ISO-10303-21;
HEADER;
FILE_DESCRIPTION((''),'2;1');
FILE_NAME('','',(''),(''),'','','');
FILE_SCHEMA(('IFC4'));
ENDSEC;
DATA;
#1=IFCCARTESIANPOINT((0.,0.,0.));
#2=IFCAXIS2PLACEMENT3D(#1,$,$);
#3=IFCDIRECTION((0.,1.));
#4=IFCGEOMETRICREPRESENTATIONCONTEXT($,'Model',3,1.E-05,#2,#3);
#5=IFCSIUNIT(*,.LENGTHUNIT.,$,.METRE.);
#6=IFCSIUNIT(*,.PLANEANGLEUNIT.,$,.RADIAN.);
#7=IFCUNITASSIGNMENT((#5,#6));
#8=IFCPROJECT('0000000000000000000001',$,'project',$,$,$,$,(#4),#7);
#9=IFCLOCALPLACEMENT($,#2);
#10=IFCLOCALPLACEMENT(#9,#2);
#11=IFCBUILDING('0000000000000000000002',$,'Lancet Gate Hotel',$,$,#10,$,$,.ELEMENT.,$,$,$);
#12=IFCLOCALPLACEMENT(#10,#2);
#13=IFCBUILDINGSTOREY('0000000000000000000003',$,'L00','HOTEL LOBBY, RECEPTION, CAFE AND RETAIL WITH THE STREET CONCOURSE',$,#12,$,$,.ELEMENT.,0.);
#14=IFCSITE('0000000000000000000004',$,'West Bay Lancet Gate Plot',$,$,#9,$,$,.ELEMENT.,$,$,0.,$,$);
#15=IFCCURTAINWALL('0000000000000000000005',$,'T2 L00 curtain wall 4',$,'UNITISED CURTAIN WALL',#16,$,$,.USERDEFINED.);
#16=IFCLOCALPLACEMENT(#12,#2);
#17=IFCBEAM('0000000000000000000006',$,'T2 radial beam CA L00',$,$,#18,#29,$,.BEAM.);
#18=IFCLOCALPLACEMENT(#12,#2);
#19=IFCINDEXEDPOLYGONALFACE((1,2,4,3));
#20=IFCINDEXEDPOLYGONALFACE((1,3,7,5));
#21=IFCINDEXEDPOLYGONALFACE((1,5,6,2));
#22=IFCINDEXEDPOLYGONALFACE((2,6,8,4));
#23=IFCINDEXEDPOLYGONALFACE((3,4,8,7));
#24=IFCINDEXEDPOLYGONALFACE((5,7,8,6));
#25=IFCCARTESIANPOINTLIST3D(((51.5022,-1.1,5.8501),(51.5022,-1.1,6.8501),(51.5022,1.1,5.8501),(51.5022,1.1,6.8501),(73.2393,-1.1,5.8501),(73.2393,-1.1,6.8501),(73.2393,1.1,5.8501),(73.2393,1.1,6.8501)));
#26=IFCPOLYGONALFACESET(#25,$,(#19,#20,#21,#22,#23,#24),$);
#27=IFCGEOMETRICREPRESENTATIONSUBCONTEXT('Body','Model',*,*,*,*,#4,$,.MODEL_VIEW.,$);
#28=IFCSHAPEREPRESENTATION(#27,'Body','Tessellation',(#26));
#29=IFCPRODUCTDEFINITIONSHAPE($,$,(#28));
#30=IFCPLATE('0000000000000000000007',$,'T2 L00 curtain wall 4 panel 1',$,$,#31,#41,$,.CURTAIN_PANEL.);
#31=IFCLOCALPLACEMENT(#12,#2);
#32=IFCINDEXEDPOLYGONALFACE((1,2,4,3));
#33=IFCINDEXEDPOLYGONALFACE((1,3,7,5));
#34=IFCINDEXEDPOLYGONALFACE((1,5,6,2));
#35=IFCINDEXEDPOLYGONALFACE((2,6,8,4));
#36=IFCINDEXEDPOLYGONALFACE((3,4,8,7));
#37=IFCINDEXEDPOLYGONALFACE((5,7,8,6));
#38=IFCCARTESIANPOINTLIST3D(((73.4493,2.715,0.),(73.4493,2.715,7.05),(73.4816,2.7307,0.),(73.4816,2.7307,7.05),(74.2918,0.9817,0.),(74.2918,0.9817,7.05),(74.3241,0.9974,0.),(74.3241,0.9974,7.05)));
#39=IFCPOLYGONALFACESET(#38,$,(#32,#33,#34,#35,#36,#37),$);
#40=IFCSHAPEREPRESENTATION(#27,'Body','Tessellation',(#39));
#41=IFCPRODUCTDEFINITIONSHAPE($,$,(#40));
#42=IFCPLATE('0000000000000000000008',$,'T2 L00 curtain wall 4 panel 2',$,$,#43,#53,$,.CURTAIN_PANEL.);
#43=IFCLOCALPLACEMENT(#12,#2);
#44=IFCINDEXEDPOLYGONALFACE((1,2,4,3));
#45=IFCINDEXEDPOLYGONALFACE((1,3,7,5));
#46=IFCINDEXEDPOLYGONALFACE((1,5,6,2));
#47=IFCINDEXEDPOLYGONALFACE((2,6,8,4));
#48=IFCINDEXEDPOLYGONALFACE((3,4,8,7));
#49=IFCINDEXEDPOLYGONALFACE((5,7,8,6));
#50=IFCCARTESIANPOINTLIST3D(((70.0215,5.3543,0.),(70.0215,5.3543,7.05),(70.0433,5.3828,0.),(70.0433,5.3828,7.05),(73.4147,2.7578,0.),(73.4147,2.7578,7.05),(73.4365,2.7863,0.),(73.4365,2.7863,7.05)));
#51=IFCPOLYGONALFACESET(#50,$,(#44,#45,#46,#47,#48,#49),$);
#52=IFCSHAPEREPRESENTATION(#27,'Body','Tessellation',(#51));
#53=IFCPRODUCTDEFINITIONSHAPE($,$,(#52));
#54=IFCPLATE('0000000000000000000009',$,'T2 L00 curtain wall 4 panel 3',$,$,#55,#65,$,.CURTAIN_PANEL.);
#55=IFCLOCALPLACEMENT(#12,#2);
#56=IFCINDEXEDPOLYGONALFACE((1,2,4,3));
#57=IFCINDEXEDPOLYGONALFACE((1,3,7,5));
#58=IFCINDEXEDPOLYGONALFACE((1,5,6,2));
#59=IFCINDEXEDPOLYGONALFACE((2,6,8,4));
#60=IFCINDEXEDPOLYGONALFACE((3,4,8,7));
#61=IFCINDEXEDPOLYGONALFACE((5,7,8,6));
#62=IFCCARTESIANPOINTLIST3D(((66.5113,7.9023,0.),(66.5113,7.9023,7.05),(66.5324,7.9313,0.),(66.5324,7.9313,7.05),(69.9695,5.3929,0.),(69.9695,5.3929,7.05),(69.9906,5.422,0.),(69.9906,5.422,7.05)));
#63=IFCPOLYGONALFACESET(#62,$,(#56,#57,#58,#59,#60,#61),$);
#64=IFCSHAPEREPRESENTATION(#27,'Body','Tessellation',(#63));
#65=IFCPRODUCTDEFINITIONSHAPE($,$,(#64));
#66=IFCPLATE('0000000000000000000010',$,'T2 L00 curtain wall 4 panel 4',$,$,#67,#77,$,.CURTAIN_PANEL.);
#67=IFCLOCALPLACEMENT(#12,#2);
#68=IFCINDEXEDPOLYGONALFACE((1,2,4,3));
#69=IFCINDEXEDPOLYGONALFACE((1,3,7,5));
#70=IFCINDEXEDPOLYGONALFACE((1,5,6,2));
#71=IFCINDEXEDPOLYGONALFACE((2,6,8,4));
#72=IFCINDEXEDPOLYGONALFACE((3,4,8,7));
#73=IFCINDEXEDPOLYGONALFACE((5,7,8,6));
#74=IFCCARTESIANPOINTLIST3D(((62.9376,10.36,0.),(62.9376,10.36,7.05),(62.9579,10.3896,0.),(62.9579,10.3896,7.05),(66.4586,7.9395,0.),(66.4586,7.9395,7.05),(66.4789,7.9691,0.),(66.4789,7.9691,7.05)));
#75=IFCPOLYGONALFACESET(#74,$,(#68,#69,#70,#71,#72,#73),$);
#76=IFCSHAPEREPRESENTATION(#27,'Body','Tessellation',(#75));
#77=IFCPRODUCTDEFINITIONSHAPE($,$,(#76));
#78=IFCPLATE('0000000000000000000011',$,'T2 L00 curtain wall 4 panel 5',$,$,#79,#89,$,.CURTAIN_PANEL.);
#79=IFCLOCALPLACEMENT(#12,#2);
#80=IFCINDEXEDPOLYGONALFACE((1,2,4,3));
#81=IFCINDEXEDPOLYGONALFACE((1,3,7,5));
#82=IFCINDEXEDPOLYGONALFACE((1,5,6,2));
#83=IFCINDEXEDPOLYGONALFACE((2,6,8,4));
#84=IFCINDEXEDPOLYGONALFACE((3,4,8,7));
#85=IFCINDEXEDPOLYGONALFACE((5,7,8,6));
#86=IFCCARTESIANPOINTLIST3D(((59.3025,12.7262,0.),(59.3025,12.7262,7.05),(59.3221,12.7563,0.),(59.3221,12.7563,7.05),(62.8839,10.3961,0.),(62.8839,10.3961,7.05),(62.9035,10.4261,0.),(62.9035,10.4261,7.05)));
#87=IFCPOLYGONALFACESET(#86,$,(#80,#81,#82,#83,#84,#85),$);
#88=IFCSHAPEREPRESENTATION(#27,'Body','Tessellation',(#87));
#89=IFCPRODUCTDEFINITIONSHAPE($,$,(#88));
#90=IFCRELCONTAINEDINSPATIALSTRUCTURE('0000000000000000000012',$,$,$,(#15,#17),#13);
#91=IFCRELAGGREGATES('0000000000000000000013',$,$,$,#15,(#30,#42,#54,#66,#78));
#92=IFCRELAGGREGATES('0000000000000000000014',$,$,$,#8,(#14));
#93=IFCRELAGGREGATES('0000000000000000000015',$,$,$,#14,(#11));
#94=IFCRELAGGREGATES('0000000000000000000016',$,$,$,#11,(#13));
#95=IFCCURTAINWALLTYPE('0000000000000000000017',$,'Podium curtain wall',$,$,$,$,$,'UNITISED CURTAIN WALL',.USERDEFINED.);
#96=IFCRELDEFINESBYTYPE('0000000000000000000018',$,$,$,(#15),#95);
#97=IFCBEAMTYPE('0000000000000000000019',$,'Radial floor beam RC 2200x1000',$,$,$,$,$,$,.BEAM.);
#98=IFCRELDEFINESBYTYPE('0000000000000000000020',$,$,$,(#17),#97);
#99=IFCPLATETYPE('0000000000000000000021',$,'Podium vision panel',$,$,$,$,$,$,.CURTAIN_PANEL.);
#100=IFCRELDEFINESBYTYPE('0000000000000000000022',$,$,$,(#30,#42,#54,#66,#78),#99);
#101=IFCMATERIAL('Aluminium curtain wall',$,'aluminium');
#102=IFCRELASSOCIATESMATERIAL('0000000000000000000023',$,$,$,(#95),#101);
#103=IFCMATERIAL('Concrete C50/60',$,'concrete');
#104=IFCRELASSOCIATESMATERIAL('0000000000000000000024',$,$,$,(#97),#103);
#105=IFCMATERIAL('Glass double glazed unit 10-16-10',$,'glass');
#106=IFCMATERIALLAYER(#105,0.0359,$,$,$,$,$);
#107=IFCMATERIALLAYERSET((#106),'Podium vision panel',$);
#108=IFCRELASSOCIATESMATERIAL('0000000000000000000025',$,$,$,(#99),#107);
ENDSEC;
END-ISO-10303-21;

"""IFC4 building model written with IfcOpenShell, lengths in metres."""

from ifc_helpers import new_model, si_unit, direction, frame, origin, origin_2d, place, context, subcontext, project, spatial, rectangle, extrude, material, layer, layer_set, material_profile, profile_set, type_object, element, aggregate, save


model = new_model("IFC4")

# Units and contexts
model_context = context("Model", 3, precision=1e-05, world=origin(), true_north=direction((0.0, 1.0)))
body_context = subcontext(model_context, "Body", "Model", "MODEL_VIEW")
ifc_project = project(units=[si_unit("LENGTHUNIT", "METRE"), si_unit("PLANEANGLEUNIT", "RADIAN")], contexts=[model_context])

# Site, building, storey
site_placement = place(None, origin())
site = spatial("IfcSite", under=ifc_project, at=site_placement, Name="West Bay Lancet Gate Plot", CompositionType="ELEMENT", RefElevation=0.0)
building_placement = place(site_placement, origin())
building = spatial("IfcBuilding", under=site, at=building_placement, Name="Lancet Gate Hotel", CompositionType="ELEMENT")
storey_placement = place(building_placement, origin())
storey = spatial("IfcBuildingStorey", under=building, at=storey_placement, Name="L00", Description="HOTEL LOBBY, RECEPTION, CAFE AND RETAIL WITH THE STREET CONCOURSE", CompositionType="ELEMENT", Elevation=0.0)

# Shared definitions
ifc_material_1 = material(Name="Aluminium curtain wall", Category="aluminium")
curtain_wall_type = type_object("IfcCurtainWallType", Name="Podium curtain wall", ElementType="UNITISED CURTAIN WALL", PredefinedType="USERDEFINED", material=ifc_material_1)

# Curtain wall
curtain_wall_1_placement = place(storey_placement, origin())
curtain_wall_1 = element("IfcCurtainWall", 1, at=curtain_wall_1_placement, inside=storey, type_object=curtain_wall_type, Name="T2 L00 curtain wall 4", ObjectType="UNITISED CURTAIN WALL", PredefinedType="USERDEFINED")

# Beam
ifc_material_2 = material(Name="Concrete C50/60", Category="concrete")
ifc_material_profile_1 = material_profile(ifc_material_2, rectangle(XDim=2.2, YDim=1.0, at=origin_2d()), Name="RC 2200x1000")
ifc_profile_set_1 = profile_set([ifc_material_profile_1], Name="Concrete C50/60")
beam_type_1 = type_object("IfcBeamType", Name="Radial floor beam RC 2200x1000", PredefinedType="BEAM", material=ifc_profile_set_1)
beam_1_placement = place(storey_placement, frame((73.2393, 0.0, 6.3501), z_axis=(-1.0, 0.0, 0.0), x_axis=(0.0, -1.0, 0.0)))
element("IfcBeam", 2, at=beam_1_placement, inside=storey, type_object=beam_type_1, Name="T2 radial beam CA L00", PredefinedType="BEAM", context=body_context, shape_type="SweptSolid", body=[
    extrude(rectangle(XDim=2.2, YDim=1.0, at=origin_2d()), origin(), (0.0, 0.0, 1.0), 21.7371),
])

# Plates
ifc_material_3 = material(Name="Glass double glazed unit 10-16-10", Category="glass")
ifc_layer = layer(ifc_material_3, 0.0359)
ifc_layer_set = layer_set([ifc_layer], Name="Podium vision panel")
plate_type = type_object("IfcPlateType", Name="Podium vision panel", PredefinedType="CURTAIN_PANEL", material=ifc_layer_set)
plate_1_placement = place(storey_placement, frame((73.8867, 1.8562, 0.0), z_axis=(0.0, 0.0, 1.0), x_axis=(-0.437169, 0.899379, 0.0)))
plate_1 = element("IfcPlate", 3, at=plate_1_placement, type_object=plate_type, Name="T2 L00 curtain wall 4 panel 1", PredefinedType="CURTAIN_PANEL", context=body_context, shape_type="SweptSolid", body=[
    extrude(rectangle(XDim=1.9272, YDim=0.0359, at=origin_2d()), origin(), (0.0, 0.0, 1.0), 7.05),
])
plate_2_placement = place(storey_placement, frame((71.729, 4.0703, 0.0), z_axis=(0.0, 0.0, 1.0), x_axis=(-0.79416, 0.607709, 0.0)))
plate_2 = element("IfcPlate", 4, at=plate_2_placement, type_object=plate_type, Name="T2 L00 curtain wall 4 panel 2", PredefinedType="CURTAIN_PANEL", context=body_context, shape_type="SweptSolid", body=[
    extrude(rectangle(XDim=4.2727, YDim=0.0359, at=origin_2d()), origin(), (0.0, 0.0, 1.0), 7.05),
])
plate_3_placement = place(storey_placement, frame((68.251, 6.6621, 0.0), z_axis=(0.0, 0.0, 1.0), x_axis=(-0.80937, 0.587299, 0.0)))
plate_3 = element("IfcPlate", 5, at=plate_3_placement, type_object=plate_type, Name="T2 L00 curtain wall 4 panel 3", PredefinedType="CURTAIN_PANEL", context=body_context, shape_type="SweptSolid", body=[
    extrude(rectangle(XDim=4.2727, YDim=0.0359, at=origin_2d()), origin(), (0.0, 0.0, 1.0), 7.05),
])
plate_4_placement = place(storey_placement, frame((64.7083, 9.1646, 0.0), z_axis=(0.0, 0.0, 1.0), x_axis=(-0.824055, 0.566509, 0.0)))
plate_4 = element("IfcPlate", 6, at=plate_4_placement, type_object=plate_type, Name="T2 L00 curtain wall 4 panel 4", PredefinedType="CURTAIN_PANEL", context=body_context, shape_type="SweptSolid", body=[
    extrude(rectangle(XDim=4.2727, YDim=0.0359, at=origin_2d()), origin(), (0.0, 0.0, 1.0), 7.05),
])
plate_5_placement = place(storey_placement, frame((61.103, 11.5762, 0.0), z_axis=(0.0, 0.0, 1.0), x_axis=(-0.838207, 0.545353, 0.0)))
plate_5 = element("IfcPlate", 7, at=plate_5_placement, type_object=plate_type, Name="T2 L00 curtain wall 4 panel 5", PredefinedType="CURTAIN_PANEL", context=body_context, shape_type="SweptSolid", body=[
    extrude(rectangle(XDim=4.2727, YDim=0.0359, at=origin_2d()), origin(), (0.0, 0.0, 1.0), 7.05),
])
aggregate(curtain_wall_1, [plate_1, plate_2, plate_3, plate_4, plate_5])

save(model, "model.ifc")
